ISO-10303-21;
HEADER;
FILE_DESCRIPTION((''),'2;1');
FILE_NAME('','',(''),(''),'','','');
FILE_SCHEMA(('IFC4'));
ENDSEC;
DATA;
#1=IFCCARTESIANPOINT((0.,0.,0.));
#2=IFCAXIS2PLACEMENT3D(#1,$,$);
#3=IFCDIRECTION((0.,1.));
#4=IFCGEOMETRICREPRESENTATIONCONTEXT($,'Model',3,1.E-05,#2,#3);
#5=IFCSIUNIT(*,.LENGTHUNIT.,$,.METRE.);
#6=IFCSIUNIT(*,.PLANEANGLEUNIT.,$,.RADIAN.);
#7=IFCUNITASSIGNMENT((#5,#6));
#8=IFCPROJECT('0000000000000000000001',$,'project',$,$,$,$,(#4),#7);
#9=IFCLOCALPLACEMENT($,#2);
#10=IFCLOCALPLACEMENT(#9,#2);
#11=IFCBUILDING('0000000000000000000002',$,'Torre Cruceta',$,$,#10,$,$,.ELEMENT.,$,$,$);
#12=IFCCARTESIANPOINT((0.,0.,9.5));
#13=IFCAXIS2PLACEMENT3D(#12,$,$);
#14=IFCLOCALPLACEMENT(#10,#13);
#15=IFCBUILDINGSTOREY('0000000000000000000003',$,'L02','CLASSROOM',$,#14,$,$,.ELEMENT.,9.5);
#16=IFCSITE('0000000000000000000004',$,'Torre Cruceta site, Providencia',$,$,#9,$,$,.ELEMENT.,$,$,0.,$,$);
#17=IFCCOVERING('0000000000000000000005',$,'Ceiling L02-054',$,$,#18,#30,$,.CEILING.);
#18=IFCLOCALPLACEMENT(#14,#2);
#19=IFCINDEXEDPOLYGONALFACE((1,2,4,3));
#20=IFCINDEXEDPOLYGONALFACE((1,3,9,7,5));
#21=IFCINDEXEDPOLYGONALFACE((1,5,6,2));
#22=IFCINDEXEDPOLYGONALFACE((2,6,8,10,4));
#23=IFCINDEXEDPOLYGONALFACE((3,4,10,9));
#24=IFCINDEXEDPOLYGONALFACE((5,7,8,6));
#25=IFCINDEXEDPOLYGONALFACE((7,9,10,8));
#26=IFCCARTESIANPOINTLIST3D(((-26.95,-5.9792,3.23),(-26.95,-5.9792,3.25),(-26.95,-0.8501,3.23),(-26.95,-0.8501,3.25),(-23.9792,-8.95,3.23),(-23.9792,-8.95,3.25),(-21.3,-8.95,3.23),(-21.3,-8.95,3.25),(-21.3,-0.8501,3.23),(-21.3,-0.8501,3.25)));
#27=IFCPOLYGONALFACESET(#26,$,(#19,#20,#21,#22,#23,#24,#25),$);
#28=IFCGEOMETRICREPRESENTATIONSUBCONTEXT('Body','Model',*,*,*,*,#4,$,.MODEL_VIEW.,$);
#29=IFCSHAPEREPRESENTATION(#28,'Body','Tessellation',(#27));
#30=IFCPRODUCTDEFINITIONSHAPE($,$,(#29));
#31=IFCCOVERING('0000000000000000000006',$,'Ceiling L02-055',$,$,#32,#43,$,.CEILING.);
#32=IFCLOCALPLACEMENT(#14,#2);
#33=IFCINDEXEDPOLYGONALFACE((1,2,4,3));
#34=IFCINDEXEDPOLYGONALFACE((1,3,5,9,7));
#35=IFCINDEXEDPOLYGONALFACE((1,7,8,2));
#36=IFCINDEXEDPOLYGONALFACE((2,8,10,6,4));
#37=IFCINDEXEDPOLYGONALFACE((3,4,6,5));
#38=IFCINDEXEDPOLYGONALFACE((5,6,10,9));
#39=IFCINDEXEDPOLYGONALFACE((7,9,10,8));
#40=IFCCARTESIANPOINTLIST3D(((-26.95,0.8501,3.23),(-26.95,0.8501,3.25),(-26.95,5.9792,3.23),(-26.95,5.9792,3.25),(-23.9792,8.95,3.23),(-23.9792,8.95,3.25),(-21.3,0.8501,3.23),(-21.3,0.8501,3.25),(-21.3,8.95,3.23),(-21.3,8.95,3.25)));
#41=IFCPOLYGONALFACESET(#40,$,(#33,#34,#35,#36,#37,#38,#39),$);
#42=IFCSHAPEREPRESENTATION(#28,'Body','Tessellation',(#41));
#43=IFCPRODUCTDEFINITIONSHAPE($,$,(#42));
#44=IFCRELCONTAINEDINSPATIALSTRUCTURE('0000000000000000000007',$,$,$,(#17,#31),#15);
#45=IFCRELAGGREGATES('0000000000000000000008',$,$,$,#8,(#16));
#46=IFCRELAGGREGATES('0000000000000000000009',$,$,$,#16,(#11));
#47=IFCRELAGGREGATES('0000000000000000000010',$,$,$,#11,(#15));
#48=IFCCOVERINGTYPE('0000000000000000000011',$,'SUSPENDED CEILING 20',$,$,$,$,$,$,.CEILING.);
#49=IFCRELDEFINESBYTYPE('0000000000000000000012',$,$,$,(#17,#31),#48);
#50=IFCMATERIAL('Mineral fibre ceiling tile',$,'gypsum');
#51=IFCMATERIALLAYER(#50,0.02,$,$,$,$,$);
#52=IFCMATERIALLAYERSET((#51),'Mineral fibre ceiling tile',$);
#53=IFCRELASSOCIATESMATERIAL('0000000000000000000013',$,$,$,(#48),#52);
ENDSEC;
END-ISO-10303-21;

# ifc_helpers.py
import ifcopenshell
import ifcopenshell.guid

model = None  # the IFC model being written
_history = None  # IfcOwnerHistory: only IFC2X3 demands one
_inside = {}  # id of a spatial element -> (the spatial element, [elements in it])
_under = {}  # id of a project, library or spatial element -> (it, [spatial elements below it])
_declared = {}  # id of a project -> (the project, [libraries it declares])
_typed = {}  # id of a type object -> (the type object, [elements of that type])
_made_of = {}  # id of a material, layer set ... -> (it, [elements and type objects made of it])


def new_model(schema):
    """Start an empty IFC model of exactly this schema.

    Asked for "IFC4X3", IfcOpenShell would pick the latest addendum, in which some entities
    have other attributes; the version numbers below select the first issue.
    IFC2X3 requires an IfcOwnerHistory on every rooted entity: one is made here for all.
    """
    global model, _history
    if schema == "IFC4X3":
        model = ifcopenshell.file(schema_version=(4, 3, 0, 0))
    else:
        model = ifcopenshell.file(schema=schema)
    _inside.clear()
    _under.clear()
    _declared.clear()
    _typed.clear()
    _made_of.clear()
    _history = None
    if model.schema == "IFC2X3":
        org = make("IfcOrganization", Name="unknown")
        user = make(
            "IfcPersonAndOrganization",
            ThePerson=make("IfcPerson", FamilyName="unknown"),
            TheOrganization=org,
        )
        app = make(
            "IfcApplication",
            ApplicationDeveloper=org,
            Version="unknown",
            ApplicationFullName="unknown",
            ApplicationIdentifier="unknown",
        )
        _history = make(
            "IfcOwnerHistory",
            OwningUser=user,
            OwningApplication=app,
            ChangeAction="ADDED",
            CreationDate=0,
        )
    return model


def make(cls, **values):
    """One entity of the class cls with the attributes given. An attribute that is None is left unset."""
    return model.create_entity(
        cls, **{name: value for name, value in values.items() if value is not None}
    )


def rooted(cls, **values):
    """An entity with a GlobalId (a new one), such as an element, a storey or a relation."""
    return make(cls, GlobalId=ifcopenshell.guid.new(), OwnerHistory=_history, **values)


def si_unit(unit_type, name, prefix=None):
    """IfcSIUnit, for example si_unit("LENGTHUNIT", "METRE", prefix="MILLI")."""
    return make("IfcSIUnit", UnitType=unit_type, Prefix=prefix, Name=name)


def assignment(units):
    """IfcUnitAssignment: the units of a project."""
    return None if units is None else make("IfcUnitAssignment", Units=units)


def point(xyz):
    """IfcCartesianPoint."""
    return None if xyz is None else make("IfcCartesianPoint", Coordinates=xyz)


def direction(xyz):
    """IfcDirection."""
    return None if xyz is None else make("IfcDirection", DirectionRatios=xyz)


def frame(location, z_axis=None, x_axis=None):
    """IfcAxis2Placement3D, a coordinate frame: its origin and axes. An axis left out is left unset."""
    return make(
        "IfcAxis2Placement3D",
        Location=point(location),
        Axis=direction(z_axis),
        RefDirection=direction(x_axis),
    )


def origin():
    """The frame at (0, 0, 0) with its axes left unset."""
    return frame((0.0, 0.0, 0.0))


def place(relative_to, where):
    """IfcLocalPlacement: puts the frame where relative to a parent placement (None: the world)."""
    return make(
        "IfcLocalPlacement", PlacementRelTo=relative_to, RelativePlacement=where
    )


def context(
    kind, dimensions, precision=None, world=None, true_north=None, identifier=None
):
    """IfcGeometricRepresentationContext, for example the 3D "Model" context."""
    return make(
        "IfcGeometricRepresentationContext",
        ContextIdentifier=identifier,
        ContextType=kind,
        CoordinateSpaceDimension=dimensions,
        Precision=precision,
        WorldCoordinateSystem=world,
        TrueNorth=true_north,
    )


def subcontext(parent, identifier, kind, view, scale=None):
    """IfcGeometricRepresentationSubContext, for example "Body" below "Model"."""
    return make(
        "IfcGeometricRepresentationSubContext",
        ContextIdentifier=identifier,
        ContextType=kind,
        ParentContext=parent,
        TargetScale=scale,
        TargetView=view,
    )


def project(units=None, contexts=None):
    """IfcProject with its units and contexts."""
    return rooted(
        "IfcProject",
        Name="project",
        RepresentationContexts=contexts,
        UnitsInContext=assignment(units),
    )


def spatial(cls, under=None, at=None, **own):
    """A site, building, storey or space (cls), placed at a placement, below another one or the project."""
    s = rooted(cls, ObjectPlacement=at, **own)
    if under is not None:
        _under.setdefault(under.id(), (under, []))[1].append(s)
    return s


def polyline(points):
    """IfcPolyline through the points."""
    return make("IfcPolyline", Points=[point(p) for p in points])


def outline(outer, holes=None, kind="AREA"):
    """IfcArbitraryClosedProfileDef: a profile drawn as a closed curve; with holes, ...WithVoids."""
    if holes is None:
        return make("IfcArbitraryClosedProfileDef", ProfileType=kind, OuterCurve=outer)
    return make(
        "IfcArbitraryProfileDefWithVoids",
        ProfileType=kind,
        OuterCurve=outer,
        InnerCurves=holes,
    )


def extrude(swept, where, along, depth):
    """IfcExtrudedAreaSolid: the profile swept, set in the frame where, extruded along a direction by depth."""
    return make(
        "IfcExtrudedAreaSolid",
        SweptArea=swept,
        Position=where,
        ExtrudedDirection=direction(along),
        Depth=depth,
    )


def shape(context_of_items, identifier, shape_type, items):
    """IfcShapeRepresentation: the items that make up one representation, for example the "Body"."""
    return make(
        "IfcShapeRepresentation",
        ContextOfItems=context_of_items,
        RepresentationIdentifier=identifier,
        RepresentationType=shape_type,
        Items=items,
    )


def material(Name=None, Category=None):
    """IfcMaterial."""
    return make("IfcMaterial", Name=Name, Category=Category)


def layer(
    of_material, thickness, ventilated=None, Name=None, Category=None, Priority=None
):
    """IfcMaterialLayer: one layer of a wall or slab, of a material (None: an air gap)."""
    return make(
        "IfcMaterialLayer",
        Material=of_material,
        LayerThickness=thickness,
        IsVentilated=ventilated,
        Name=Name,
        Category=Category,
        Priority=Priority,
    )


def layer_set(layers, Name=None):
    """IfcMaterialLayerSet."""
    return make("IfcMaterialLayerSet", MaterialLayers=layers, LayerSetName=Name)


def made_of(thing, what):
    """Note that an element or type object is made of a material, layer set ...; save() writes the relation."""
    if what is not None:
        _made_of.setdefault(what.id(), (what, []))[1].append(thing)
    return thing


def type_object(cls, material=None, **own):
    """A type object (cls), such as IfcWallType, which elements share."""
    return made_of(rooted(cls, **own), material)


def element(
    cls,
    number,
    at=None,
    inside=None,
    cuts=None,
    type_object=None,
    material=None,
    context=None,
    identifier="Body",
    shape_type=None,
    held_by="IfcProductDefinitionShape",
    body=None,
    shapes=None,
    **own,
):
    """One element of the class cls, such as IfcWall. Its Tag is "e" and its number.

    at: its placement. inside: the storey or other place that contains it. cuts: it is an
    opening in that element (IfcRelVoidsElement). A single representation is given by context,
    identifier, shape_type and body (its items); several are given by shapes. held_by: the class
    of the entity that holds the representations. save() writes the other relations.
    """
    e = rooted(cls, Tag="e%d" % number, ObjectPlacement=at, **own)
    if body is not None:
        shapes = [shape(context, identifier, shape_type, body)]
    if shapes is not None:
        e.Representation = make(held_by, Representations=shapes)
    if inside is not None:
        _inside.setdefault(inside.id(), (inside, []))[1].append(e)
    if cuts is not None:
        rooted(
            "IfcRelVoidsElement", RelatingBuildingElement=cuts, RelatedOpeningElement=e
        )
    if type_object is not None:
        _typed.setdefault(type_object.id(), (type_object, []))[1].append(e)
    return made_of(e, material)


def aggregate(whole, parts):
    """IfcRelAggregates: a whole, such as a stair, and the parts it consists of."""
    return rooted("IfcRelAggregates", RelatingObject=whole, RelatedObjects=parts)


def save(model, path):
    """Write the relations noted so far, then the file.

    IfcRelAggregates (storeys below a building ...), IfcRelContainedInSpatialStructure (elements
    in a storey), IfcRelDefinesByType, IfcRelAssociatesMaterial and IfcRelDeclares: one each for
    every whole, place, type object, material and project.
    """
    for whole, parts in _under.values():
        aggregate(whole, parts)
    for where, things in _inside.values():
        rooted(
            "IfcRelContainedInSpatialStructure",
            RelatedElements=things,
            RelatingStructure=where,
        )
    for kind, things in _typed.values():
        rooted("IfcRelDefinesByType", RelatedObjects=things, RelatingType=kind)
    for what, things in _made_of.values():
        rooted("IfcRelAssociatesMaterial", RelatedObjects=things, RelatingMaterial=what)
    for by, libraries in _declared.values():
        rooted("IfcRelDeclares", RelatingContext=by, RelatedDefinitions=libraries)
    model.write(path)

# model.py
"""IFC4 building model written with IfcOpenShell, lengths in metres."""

from ifc_helpers import new_model, si_unit, direction, frame, origin, place, context, subcontext, project, spatial, polyline, outline, extrude, material, layer, layer_set, type_object, element, save


model = new_model("IFC4")

# Units and contexts
model_context = context("Model", 3, precision=1e-05, world=origin(), true_north=direction((0.0, 1.0)))
body_context = subcontext(model_context, "Body", "Model", "MODEL_VIEW")
ifc_project = project(units=[si_unit("LENGTHUNIT", "METRE"), si_unit("PLANEANGLEUNIT", "RADIAN")], contexts=[model_context])

# Site, building, storey
site_placement = place(None, origin())
site = spatial("IfcSite", under=ifc_project, at=site_placement, Name="Torre Cruceta site, Providencia", CompositionType="ELEMENT", RefElevation=0.0)
building_placement = place(site_placement, origin())
building = spatial("IfcBuilding", under=site, at=building_placement, Name="Torre Cruceta", CompositionType="ELEMENT")
storey_placement = place(building_placement, frame((0.0, 0.0, 9.5)))
storey = spatial("IfcBuildingStorey", under=building, at=storey_placement, Name="L02", Description="CLASSROOM", CompositionType="ELEMENT", Elevation=9.5)

# Coverings
ifc_material_1 = material(Name="Mineral fibre ceiling tile", Category="gypsum")
ifc_layer_1 = layer(ifc_material_1, 0.02)
ifc_layer_set_1 = layer_set([ifc_layer_1], Name="Mineral fibre ceiling tile")
covering_type = type_object("IfcCoveringType", Name="SUSPENDED CEILING 20", PredefinedType="CEILING", material=ifc_layer_set_1)
covering_1_placement = place(storey_placement, frame((0.0, 0.0, 3.23)))
element("IfcCovering", 1, at=covering_1_placement, inside=storey, type_object=covering_type, Name="Ceiling L02-054", PredefinedType="CEILING", context=body_context, shape_type="SweptSolid", body=[
    extrude(outline(polyline([(-21.3, -8.95), (-23.9792, -8.95), (-26.95, -5.9792), (-26.95, -0.8501), (-21.3, -0.8501), (-21.3, -8.95)])), origin(), (0.0, 0.0, 1.0), 0.02),
])
covering_2_placement = place(storey_placement, frame((0.0, 0.0, 3.23)))
element("IfcCovering", 2, at=covering_2_placement, inside=storey, type_object=covering_type, Name="Ceiling L02-055", PredefinedType="CEILING", context=body_context, shape_type="SweptSolid", body=[
    extrude(outline(polyline([(-26.95, 5.9792), (-23.9792, 8.95), (-21.3, 8.95), (-21.3, 0.8501), (-26.95, 0.8501), (-26.95, 5.9792)])), origin(), (0.0, 0.0, 1.0), 0.02),
])

save(model, "model.ifc")
